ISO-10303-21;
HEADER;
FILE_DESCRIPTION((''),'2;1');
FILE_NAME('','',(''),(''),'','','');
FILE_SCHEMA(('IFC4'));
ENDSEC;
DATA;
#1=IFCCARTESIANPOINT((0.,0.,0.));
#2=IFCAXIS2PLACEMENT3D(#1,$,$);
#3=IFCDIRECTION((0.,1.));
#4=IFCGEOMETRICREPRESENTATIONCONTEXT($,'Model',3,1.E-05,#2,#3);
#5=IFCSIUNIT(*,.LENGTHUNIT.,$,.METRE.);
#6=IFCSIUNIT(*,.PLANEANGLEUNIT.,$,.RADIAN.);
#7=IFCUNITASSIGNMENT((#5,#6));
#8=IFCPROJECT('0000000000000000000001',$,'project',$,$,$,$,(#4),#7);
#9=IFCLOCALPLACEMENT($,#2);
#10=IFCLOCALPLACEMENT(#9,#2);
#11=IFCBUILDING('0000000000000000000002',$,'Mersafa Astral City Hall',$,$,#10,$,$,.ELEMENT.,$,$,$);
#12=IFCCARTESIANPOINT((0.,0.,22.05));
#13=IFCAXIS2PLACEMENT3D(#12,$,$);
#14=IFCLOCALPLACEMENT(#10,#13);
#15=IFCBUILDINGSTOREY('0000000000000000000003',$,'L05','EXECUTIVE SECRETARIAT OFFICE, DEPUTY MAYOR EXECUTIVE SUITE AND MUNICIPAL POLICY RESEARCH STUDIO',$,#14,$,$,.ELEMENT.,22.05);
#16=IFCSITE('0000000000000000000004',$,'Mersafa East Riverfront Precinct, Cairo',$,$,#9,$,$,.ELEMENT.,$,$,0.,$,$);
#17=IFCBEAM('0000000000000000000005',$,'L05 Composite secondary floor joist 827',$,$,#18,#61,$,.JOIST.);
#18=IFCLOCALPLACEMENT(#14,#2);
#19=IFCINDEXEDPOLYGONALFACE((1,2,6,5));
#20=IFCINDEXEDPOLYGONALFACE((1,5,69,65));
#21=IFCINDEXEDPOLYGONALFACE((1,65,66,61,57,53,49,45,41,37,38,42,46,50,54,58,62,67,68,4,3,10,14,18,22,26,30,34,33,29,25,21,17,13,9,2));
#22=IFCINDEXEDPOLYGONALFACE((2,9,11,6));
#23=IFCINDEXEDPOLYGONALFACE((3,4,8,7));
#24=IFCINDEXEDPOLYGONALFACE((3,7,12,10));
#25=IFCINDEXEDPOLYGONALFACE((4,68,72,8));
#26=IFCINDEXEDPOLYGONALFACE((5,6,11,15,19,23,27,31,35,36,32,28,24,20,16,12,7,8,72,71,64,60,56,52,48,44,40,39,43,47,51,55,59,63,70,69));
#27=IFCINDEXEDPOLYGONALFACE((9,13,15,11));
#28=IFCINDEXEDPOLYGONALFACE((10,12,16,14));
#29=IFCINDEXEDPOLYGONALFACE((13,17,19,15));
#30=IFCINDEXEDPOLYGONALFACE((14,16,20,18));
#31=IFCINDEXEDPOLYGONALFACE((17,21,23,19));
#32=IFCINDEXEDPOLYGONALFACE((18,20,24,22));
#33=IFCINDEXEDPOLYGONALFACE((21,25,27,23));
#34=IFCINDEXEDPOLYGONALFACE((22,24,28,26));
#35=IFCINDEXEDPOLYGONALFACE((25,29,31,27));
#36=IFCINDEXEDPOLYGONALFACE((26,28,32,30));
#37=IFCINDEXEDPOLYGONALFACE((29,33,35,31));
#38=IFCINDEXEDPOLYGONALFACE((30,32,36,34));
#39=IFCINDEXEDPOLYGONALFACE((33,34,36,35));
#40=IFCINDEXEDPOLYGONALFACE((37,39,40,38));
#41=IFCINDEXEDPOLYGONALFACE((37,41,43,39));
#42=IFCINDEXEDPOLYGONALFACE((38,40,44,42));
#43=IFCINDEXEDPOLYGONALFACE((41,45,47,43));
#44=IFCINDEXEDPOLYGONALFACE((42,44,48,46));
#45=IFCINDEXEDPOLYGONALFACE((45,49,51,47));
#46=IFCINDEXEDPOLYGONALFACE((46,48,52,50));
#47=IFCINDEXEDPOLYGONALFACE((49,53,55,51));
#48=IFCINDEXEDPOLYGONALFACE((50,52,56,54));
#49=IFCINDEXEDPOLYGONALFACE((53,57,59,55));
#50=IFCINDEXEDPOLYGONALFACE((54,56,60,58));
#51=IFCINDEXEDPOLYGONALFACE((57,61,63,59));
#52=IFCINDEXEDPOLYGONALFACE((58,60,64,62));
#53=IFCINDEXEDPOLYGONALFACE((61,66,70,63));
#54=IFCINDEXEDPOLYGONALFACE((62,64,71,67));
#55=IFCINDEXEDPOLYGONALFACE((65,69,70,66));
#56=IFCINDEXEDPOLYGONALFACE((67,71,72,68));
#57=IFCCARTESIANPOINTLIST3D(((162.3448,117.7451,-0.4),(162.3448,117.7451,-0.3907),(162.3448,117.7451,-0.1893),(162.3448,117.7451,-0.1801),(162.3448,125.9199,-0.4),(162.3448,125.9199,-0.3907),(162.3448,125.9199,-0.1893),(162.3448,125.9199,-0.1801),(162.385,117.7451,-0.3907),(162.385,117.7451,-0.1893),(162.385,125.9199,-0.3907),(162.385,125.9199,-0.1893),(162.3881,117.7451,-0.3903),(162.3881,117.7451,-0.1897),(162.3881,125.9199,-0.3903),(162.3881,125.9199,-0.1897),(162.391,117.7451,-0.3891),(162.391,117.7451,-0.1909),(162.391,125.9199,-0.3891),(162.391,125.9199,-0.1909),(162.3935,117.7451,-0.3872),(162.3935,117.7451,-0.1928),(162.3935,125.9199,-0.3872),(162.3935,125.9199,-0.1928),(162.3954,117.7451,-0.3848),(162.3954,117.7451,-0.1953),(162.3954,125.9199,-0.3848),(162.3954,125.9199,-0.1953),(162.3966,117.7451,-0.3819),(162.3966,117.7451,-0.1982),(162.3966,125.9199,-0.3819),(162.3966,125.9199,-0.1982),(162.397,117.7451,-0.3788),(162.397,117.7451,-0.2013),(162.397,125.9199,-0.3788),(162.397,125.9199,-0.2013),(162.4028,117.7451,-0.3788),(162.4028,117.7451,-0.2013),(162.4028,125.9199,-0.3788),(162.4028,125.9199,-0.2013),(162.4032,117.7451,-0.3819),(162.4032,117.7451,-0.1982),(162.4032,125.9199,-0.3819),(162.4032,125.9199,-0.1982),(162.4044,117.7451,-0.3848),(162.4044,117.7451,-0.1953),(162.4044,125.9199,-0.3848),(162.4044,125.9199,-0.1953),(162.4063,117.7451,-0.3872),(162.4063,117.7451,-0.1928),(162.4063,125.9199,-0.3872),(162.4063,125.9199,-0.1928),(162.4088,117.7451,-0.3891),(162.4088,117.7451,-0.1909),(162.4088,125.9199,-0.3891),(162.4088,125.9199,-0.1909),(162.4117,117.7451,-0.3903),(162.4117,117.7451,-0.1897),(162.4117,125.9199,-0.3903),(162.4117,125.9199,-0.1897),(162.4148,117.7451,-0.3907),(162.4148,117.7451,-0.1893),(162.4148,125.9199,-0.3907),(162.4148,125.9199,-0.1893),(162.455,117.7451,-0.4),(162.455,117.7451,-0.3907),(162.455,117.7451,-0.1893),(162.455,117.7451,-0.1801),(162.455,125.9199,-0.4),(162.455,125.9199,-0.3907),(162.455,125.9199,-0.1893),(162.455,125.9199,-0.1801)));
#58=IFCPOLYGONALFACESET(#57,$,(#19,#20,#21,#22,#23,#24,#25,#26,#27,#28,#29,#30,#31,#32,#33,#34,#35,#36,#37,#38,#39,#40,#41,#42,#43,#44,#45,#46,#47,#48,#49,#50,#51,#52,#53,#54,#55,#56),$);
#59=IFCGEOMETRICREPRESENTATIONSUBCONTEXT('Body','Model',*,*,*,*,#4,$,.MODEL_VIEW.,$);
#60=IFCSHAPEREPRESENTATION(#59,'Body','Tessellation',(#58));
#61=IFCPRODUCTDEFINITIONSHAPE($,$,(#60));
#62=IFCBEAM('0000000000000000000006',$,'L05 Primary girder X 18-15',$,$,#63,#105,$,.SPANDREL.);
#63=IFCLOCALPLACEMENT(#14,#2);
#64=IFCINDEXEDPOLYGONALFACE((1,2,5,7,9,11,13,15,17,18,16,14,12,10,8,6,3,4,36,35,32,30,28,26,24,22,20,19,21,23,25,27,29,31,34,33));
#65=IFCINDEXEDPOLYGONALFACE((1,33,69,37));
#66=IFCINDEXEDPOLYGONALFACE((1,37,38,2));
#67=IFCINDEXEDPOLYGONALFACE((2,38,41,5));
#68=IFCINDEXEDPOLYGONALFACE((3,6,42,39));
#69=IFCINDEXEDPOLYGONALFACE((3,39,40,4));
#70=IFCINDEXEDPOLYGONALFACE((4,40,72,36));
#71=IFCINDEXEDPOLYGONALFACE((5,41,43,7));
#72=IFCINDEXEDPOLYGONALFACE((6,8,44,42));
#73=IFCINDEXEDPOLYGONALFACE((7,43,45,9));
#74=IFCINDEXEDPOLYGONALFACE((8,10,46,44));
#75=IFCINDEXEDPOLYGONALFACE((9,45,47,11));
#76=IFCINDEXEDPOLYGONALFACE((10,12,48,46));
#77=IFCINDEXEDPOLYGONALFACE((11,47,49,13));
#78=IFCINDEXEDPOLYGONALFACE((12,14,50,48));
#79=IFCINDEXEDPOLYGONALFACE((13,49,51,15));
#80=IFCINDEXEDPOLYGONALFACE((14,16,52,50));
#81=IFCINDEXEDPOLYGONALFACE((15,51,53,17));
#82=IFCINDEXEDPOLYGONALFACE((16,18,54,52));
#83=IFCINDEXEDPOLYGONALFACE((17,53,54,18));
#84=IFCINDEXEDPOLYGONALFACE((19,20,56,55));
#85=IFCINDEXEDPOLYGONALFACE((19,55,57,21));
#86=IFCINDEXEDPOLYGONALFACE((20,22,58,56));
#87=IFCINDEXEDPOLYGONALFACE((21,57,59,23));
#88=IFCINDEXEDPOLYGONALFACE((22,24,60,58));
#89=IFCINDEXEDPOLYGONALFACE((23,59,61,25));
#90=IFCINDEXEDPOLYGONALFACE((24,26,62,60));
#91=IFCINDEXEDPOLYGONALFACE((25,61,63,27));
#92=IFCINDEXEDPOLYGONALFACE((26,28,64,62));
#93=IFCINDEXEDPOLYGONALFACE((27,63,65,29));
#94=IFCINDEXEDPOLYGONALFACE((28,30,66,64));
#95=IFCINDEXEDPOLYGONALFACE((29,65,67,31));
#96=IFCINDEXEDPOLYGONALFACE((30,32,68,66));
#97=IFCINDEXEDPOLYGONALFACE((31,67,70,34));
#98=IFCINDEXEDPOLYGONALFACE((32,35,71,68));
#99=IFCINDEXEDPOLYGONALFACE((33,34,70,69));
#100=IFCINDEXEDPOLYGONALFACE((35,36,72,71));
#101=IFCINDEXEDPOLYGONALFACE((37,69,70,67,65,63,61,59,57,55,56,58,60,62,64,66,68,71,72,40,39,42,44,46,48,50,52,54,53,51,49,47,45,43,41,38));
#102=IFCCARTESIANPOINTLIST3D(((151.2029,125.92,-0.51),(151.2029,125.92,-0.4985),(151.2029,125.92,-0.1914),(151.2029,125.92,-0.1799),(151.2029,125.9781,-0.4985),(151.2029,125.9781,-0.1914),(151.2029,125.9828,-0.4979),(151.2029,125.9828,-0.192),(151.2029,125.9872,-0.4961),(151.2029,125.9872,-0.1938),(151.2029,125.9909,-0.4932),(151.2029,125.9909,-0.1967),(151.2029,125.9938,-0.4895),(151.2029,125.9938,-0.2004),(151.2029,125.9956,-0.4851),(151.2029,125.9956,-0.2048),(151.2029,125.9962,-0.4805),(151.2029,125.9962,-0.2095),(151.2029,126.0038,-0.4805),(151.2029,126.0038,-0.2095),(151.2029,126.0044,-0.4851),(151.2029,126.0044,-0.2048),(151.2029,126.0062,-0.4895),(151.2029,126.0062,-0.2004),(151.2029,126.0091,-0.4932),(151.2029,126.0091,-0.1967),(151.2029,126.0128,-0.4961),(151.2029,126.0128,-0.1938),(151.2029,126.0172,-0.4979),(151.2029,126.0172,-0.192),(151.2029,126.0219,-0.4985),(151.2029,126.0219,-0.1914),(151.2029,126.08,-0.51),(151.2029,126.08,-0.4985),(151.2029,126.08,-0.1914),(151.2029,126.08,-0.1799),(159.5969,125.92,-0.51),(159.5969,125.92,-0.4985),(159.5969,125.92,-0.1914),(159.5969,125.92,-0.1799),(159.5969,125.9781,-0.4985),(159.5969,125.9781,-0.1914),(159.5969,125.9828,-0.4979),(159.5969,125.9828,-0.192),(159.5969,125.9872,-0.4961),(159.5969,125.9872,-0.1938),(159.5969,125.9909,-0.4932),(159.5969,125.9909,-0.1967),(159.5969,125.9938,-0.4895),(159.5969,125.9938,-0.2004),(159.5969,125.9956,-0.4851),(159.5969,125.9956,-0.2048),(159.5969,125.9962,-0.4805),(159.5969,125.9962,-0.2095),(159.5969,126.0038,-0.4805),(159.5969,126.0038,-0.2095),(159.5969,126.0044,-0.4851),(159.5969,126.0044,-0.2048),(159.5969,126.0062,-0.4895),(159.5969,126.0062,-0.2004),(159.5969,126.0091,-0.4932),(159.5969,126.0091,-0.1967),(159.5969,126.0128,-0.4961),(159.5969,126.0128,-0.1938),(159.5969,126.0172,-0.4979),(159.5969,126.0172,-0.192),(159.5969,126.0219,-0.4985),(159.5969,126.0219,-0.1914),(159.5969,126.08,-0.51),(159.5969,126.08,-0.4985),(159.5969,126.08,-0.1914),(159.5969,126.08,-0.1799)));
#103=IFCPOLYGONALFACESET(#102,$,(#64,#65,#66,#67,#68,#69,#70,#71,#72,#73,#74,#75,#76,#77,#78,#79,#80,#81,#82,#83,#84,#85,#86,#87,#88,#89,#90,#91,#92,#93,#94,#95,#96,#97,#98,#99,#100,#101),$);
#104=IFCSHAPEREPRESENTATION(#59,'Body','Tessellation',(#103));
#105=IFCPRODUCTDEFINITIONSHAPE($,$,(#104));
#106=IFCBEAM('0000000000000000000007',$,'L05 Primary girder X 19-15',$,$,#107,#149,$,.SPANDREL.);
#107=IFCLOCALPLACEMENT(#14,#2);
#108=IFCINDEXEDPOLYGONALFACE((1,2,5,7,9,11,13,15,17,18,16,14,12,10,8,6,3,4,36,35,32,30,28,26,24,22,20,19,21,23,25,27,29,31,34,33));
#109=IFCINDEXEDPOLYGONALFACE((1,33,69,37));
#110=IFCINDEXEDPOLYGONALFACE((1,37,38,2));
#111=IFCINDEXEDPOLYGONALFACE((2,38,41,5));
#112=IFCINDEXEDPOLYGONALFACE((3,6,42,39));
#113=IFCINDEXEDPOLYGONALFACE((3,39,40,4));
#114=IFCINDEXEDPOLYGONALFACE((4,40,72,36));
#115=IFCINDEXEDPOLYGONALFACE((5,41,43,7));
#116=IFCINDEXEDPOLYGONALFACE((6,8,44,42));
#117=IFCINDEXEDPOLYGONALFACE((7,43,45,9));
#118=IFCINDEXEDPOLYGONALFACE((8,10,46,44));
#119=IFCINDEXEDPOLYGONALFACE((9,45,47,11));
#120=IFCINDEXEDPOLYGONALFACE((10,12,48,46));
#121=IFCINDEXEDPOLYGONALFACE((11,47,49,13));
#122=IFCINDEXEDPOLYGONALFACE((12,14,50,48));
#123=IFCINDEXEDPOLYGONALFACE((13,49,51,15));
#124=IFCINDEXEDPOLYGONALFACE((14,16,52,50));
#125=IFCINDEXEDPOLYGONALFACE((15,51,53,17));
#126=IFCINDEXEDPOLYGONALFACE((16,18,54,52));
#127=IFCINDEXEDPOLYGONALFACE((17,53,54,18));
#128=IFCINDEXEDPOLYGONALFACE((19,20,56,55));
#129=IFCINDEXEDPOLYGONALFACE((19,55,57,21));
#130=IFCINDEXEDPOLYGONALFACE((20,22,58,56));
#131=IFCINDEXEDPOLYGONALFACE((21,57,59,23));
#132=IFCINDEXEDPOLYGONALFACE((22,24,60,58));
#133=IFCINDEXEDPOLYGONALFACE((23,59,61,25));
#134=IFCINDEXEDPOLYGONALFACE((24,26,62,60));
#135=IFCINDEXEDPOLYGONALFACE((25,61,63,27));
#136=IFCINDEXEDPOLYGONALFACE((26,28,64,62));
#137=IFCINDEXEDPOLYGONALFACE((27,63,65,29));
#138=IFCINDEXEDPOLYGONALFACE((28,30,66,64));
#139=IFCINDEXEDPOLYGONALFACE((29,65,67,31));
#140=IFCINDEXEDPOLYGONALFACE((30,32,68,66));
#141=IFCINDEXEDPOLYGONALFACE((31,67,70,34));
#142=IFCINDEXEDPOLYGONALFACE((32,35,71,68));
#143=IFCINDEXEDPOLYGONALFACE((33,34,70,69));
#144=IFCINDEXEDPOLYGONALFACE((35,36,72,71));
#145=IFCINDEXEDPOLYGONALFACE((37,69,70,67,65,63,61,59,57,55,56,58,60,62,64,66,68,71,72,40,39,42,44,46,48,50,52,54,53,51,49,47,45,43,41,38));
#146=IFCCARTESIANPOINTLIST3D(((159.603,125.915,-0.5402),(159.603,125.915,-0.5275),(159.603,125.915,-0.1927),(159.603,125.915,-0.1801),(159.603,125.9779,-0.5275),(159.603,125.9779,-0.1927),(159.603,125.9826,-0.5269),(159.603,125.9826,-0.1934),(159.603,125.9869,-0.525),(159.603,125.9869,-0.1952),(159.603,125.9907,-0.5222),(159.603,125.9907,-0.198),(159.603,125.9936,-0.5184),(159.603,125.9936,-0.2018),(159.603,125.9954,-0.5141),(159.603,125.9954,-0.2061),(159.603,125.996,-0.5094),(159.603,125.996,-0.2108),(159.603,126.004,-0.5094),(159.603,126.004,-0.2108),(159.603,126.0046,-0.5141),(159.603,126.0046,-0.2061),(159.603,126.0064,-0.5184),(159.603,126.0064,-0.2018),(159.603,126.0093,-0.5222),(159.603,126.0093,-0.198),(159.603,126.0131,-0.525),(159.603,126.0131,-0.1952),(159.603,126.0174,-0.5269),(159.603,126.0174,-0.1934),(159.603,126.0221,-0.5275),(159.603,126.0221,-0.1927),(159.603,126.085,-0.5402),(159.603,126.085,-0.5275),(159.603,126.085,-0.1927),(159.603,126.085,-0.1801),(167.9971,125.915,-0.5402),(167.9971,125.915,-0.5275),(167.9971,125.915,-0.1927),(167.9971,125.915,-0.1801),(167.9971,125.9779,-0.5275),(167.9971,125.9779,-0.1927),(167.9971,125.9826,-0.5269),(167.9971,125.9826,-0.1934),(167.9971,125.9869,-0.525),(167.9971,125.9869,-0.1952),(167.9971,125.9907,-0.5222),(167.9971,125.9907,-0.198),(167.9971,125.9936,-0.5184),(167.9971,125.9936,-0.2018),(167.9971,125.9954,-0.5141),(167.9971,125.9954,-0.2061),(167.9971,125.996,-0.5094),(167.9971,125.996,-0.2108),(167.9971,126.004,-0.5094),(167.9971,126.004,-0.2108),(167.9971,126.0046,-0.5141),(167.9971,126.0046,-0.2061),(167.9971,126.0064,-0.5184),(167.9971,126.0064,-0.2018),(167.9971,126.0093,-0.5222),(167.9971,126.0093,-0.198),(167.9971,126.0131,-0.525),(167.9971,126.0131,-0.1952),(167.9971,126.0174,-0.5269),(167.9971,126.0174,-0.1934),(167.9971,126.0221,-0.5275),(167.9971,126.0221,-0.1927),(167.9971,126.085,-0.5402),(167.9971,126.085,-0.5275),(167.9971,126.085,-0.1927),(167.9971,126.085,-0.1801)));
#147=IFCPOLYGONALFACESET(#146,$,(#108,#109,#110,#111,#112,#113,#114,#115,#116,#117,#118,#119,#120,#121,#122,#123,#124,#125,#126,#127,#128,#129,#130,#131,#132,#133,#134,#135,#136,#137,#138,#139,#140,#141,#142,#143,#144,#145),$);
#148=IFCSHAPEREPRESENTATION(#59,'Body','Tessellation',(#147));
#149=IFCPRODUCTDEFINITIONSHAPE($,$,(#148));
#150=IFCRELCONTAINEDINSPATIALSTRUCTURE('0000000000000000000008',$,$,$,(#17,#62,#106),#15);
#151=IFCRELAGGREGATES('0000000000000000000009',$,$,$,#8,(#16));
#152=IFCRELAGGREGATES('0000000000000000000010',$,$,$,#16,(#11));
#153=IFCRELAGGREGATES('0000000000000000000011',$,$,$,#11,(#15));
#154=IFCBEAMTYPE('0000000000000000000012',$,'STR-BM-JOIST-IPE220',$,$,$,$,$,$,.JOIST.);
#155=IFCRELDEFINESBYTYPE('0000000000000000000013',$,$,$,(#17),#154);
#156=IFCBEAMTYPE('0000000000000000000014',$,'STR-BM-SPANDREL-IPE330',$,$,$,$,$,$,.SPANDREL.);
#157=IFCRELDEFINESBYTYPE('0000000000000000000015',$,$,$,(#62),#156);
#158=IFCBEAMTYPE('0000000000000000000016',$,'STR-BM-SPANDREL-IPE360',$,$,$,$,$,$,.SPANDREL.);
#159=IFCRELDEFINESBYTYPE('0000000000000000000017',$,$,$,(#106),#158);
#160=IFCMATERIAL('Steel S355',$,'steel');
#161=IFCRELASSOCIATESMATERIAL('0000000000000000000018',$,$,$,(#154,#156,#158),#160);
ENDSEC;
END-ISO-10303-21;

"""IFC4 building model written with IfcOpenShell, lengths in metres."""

from ifc_helpers import new_model, si_unit, direction, frame, origin, origin_2d, place, context, subcontext, project, spatial, i_section, extrude, material, material_profile, profile_set, type_object, element, save


model = new_model("IFC4")

# Units and contexts
model_context = context("Model", 3, precision=1e-05, world=origin(), true_north=direction((0.0, 1.0)))
body_context = subcontext(model_context, "Body", "Model", "MODEL_VIEW")
ifc_project = project(units=[si_unit("LENGTHUNIT", "METRE"), si_unit("PLANEANGLEUNIT", "RADIAN")], contexts=[model_context])

# Site, building, storey
site_placement = place(None, origin())
site = spatial("IfcSite", under=ifc_project, at=site_placement, Name="Mersafa East Riverfront Precinct, Cairo", CompositionType="ELEMENT", RefElevation=0.0)
building_placement = place(site_placement, origin())
building = spatial("IfcBuilding", under=site, at=building_placement, Name="Mersafa Astral City Hall", CompositionType="ELEMENT")
storey_placement = place(building_placement, frame((0.0, 0.0, 22.05)))
storey = spatial("IfcBuildingStorey", under=building, at=storey_placement, Name="L05", Description="EXECUTIVE SECRETARIAT OFFICE, DEPUTY MAYOR EXECUTIVE SUITE AND MUNICIPAL POLICY RESEARCH STUDIO", CompositionType="ELEMENT", Elevation=22.05)

# Shared definitions
ifc_material_1 = material(Name="Steel S355", Category="steel")

# Beams
ifc_material_profile_1 = material_profile(ifc_material_1, i_section(OverallWidth=0.1101, OverallDepth=0.22, WebThickness=0.0059, FlangeThickness=0.0093, FilletRadius=0.012, at=origin_2d()), Name="IPE 220")
ifc_profile_set_1 = profile_set([ifc_material_profile_1], Name="Steel S355")
beam_type_1 = type_object("IfcBeamType", Name="STR-BM-JOIST-IPE220", PredefinedType="JOIST", material=ifc_profile_set_1)
beam_1_placement = place(storey_placement, frame((162.3999, 117.7451, -0.29), z_axis=(0.0, 1.0, 0.0), x_axis=(-1.0, 0.0, 0.0)))
element("IfcBeam", 1, at=beam_1_placement, inside=storey, type_object=beam_type_1, Name="L05 Composite secondary floor joist 827", PredefinedType="JOIST", context=body_context, shape_type="SweptSolid", body=[
    extrude(i_section(OverallWidth=0.1101, OverallDepth=0.22, WebThickness=0.0059, FlangeThickness=0.0093, FilletRadius=0.012, at=origin_2d()), origin(), (0.0, 0.0, 1.0), 8.1748),
])
ifc_material_profile_2 = material_profile(ifc_material_1, i_section(OverallWidth=0.1599, OverallDepth=0.3301, WebThickness=0.0076, FlangeThickness=0.0115, FilletRadius=0.0181, at=origin_2d()), Name="IPE 330")
ifc_profile_set_2 = profile_set([ifc_material_profile_2], Name="Steel S355")
beam_type_2 = type_object("IfcBeamType", Name="STR-BM-SPANDREL-IPE330", PredefinedType="SPANDREL", material=ifc_profile_set_2)
beam_2_placement = place(storey_placement, frame((151.2029, 126.0, -0.345), z_axis=(1.0, 0.0, 0.0), x_axis=(0.0, 1.0, 0.0)))
element("IfcBeam", 2, at=beam_2_placement, inside=storey, type_object=beam_type_2, Name="L05 Primary girder X 18-15", PredefinedType="SPANDREL", context=body_context, shape_type="SweptSolid", body=[
    extrude(i_section(OverallWidth=0.1599, OverallDepth=0.3301, WebThickness=0.0076, FlangeThickness=0.0115, FilletRadius=0.0181, at=origin_2d()), origin(), (0.0, 0.0, 1.0), 8.394),
])
ifc_material_profile_3 = material_profile(ifc_material_1, i_section(OverallWidth=0.1699, OverallDepth=0.3601, WebThickness=0.0081, FlangeThickness=0.0127, FilletRadius=0.0181, at=origin_2d()), Name="IPE 360")
ifc_profile_set_3 = profile_set([ifc_material_profile_3], Name="Steel S355")
beam_type_3 = type_object("IfcBeamType", Name="STR-BM-SPANDREL-IPE360", PredefinedType="SPANDREL", material=ifc_profile_set_3)
beam_3_placement = place(storey_placement, frame((159.603, 126.0, -0.3601), z_axis=(1.0, 0.0, 0.0), x_axis=(0.0, 1.0, 0.0)))
element("IfcBeam", 3, at=beam_3_placement, inside=storey, type_object=beam_type_3, Name="L05 Primary girder X 19-15", PredefinedType="SPANDREL", context=body_context, shape_type="SweptSolid", body=[
    extrude(i_section(OverallWidth=0.1699, OverallDepth=0.3601, WebThickness=0.0081, FlangeThickness=0.0127, FilletRadius=0.0181, at=origin_2d()), origin(), (0.0, 0.0, 1.0), 8.394),
])

save(model, "model.ifc")
